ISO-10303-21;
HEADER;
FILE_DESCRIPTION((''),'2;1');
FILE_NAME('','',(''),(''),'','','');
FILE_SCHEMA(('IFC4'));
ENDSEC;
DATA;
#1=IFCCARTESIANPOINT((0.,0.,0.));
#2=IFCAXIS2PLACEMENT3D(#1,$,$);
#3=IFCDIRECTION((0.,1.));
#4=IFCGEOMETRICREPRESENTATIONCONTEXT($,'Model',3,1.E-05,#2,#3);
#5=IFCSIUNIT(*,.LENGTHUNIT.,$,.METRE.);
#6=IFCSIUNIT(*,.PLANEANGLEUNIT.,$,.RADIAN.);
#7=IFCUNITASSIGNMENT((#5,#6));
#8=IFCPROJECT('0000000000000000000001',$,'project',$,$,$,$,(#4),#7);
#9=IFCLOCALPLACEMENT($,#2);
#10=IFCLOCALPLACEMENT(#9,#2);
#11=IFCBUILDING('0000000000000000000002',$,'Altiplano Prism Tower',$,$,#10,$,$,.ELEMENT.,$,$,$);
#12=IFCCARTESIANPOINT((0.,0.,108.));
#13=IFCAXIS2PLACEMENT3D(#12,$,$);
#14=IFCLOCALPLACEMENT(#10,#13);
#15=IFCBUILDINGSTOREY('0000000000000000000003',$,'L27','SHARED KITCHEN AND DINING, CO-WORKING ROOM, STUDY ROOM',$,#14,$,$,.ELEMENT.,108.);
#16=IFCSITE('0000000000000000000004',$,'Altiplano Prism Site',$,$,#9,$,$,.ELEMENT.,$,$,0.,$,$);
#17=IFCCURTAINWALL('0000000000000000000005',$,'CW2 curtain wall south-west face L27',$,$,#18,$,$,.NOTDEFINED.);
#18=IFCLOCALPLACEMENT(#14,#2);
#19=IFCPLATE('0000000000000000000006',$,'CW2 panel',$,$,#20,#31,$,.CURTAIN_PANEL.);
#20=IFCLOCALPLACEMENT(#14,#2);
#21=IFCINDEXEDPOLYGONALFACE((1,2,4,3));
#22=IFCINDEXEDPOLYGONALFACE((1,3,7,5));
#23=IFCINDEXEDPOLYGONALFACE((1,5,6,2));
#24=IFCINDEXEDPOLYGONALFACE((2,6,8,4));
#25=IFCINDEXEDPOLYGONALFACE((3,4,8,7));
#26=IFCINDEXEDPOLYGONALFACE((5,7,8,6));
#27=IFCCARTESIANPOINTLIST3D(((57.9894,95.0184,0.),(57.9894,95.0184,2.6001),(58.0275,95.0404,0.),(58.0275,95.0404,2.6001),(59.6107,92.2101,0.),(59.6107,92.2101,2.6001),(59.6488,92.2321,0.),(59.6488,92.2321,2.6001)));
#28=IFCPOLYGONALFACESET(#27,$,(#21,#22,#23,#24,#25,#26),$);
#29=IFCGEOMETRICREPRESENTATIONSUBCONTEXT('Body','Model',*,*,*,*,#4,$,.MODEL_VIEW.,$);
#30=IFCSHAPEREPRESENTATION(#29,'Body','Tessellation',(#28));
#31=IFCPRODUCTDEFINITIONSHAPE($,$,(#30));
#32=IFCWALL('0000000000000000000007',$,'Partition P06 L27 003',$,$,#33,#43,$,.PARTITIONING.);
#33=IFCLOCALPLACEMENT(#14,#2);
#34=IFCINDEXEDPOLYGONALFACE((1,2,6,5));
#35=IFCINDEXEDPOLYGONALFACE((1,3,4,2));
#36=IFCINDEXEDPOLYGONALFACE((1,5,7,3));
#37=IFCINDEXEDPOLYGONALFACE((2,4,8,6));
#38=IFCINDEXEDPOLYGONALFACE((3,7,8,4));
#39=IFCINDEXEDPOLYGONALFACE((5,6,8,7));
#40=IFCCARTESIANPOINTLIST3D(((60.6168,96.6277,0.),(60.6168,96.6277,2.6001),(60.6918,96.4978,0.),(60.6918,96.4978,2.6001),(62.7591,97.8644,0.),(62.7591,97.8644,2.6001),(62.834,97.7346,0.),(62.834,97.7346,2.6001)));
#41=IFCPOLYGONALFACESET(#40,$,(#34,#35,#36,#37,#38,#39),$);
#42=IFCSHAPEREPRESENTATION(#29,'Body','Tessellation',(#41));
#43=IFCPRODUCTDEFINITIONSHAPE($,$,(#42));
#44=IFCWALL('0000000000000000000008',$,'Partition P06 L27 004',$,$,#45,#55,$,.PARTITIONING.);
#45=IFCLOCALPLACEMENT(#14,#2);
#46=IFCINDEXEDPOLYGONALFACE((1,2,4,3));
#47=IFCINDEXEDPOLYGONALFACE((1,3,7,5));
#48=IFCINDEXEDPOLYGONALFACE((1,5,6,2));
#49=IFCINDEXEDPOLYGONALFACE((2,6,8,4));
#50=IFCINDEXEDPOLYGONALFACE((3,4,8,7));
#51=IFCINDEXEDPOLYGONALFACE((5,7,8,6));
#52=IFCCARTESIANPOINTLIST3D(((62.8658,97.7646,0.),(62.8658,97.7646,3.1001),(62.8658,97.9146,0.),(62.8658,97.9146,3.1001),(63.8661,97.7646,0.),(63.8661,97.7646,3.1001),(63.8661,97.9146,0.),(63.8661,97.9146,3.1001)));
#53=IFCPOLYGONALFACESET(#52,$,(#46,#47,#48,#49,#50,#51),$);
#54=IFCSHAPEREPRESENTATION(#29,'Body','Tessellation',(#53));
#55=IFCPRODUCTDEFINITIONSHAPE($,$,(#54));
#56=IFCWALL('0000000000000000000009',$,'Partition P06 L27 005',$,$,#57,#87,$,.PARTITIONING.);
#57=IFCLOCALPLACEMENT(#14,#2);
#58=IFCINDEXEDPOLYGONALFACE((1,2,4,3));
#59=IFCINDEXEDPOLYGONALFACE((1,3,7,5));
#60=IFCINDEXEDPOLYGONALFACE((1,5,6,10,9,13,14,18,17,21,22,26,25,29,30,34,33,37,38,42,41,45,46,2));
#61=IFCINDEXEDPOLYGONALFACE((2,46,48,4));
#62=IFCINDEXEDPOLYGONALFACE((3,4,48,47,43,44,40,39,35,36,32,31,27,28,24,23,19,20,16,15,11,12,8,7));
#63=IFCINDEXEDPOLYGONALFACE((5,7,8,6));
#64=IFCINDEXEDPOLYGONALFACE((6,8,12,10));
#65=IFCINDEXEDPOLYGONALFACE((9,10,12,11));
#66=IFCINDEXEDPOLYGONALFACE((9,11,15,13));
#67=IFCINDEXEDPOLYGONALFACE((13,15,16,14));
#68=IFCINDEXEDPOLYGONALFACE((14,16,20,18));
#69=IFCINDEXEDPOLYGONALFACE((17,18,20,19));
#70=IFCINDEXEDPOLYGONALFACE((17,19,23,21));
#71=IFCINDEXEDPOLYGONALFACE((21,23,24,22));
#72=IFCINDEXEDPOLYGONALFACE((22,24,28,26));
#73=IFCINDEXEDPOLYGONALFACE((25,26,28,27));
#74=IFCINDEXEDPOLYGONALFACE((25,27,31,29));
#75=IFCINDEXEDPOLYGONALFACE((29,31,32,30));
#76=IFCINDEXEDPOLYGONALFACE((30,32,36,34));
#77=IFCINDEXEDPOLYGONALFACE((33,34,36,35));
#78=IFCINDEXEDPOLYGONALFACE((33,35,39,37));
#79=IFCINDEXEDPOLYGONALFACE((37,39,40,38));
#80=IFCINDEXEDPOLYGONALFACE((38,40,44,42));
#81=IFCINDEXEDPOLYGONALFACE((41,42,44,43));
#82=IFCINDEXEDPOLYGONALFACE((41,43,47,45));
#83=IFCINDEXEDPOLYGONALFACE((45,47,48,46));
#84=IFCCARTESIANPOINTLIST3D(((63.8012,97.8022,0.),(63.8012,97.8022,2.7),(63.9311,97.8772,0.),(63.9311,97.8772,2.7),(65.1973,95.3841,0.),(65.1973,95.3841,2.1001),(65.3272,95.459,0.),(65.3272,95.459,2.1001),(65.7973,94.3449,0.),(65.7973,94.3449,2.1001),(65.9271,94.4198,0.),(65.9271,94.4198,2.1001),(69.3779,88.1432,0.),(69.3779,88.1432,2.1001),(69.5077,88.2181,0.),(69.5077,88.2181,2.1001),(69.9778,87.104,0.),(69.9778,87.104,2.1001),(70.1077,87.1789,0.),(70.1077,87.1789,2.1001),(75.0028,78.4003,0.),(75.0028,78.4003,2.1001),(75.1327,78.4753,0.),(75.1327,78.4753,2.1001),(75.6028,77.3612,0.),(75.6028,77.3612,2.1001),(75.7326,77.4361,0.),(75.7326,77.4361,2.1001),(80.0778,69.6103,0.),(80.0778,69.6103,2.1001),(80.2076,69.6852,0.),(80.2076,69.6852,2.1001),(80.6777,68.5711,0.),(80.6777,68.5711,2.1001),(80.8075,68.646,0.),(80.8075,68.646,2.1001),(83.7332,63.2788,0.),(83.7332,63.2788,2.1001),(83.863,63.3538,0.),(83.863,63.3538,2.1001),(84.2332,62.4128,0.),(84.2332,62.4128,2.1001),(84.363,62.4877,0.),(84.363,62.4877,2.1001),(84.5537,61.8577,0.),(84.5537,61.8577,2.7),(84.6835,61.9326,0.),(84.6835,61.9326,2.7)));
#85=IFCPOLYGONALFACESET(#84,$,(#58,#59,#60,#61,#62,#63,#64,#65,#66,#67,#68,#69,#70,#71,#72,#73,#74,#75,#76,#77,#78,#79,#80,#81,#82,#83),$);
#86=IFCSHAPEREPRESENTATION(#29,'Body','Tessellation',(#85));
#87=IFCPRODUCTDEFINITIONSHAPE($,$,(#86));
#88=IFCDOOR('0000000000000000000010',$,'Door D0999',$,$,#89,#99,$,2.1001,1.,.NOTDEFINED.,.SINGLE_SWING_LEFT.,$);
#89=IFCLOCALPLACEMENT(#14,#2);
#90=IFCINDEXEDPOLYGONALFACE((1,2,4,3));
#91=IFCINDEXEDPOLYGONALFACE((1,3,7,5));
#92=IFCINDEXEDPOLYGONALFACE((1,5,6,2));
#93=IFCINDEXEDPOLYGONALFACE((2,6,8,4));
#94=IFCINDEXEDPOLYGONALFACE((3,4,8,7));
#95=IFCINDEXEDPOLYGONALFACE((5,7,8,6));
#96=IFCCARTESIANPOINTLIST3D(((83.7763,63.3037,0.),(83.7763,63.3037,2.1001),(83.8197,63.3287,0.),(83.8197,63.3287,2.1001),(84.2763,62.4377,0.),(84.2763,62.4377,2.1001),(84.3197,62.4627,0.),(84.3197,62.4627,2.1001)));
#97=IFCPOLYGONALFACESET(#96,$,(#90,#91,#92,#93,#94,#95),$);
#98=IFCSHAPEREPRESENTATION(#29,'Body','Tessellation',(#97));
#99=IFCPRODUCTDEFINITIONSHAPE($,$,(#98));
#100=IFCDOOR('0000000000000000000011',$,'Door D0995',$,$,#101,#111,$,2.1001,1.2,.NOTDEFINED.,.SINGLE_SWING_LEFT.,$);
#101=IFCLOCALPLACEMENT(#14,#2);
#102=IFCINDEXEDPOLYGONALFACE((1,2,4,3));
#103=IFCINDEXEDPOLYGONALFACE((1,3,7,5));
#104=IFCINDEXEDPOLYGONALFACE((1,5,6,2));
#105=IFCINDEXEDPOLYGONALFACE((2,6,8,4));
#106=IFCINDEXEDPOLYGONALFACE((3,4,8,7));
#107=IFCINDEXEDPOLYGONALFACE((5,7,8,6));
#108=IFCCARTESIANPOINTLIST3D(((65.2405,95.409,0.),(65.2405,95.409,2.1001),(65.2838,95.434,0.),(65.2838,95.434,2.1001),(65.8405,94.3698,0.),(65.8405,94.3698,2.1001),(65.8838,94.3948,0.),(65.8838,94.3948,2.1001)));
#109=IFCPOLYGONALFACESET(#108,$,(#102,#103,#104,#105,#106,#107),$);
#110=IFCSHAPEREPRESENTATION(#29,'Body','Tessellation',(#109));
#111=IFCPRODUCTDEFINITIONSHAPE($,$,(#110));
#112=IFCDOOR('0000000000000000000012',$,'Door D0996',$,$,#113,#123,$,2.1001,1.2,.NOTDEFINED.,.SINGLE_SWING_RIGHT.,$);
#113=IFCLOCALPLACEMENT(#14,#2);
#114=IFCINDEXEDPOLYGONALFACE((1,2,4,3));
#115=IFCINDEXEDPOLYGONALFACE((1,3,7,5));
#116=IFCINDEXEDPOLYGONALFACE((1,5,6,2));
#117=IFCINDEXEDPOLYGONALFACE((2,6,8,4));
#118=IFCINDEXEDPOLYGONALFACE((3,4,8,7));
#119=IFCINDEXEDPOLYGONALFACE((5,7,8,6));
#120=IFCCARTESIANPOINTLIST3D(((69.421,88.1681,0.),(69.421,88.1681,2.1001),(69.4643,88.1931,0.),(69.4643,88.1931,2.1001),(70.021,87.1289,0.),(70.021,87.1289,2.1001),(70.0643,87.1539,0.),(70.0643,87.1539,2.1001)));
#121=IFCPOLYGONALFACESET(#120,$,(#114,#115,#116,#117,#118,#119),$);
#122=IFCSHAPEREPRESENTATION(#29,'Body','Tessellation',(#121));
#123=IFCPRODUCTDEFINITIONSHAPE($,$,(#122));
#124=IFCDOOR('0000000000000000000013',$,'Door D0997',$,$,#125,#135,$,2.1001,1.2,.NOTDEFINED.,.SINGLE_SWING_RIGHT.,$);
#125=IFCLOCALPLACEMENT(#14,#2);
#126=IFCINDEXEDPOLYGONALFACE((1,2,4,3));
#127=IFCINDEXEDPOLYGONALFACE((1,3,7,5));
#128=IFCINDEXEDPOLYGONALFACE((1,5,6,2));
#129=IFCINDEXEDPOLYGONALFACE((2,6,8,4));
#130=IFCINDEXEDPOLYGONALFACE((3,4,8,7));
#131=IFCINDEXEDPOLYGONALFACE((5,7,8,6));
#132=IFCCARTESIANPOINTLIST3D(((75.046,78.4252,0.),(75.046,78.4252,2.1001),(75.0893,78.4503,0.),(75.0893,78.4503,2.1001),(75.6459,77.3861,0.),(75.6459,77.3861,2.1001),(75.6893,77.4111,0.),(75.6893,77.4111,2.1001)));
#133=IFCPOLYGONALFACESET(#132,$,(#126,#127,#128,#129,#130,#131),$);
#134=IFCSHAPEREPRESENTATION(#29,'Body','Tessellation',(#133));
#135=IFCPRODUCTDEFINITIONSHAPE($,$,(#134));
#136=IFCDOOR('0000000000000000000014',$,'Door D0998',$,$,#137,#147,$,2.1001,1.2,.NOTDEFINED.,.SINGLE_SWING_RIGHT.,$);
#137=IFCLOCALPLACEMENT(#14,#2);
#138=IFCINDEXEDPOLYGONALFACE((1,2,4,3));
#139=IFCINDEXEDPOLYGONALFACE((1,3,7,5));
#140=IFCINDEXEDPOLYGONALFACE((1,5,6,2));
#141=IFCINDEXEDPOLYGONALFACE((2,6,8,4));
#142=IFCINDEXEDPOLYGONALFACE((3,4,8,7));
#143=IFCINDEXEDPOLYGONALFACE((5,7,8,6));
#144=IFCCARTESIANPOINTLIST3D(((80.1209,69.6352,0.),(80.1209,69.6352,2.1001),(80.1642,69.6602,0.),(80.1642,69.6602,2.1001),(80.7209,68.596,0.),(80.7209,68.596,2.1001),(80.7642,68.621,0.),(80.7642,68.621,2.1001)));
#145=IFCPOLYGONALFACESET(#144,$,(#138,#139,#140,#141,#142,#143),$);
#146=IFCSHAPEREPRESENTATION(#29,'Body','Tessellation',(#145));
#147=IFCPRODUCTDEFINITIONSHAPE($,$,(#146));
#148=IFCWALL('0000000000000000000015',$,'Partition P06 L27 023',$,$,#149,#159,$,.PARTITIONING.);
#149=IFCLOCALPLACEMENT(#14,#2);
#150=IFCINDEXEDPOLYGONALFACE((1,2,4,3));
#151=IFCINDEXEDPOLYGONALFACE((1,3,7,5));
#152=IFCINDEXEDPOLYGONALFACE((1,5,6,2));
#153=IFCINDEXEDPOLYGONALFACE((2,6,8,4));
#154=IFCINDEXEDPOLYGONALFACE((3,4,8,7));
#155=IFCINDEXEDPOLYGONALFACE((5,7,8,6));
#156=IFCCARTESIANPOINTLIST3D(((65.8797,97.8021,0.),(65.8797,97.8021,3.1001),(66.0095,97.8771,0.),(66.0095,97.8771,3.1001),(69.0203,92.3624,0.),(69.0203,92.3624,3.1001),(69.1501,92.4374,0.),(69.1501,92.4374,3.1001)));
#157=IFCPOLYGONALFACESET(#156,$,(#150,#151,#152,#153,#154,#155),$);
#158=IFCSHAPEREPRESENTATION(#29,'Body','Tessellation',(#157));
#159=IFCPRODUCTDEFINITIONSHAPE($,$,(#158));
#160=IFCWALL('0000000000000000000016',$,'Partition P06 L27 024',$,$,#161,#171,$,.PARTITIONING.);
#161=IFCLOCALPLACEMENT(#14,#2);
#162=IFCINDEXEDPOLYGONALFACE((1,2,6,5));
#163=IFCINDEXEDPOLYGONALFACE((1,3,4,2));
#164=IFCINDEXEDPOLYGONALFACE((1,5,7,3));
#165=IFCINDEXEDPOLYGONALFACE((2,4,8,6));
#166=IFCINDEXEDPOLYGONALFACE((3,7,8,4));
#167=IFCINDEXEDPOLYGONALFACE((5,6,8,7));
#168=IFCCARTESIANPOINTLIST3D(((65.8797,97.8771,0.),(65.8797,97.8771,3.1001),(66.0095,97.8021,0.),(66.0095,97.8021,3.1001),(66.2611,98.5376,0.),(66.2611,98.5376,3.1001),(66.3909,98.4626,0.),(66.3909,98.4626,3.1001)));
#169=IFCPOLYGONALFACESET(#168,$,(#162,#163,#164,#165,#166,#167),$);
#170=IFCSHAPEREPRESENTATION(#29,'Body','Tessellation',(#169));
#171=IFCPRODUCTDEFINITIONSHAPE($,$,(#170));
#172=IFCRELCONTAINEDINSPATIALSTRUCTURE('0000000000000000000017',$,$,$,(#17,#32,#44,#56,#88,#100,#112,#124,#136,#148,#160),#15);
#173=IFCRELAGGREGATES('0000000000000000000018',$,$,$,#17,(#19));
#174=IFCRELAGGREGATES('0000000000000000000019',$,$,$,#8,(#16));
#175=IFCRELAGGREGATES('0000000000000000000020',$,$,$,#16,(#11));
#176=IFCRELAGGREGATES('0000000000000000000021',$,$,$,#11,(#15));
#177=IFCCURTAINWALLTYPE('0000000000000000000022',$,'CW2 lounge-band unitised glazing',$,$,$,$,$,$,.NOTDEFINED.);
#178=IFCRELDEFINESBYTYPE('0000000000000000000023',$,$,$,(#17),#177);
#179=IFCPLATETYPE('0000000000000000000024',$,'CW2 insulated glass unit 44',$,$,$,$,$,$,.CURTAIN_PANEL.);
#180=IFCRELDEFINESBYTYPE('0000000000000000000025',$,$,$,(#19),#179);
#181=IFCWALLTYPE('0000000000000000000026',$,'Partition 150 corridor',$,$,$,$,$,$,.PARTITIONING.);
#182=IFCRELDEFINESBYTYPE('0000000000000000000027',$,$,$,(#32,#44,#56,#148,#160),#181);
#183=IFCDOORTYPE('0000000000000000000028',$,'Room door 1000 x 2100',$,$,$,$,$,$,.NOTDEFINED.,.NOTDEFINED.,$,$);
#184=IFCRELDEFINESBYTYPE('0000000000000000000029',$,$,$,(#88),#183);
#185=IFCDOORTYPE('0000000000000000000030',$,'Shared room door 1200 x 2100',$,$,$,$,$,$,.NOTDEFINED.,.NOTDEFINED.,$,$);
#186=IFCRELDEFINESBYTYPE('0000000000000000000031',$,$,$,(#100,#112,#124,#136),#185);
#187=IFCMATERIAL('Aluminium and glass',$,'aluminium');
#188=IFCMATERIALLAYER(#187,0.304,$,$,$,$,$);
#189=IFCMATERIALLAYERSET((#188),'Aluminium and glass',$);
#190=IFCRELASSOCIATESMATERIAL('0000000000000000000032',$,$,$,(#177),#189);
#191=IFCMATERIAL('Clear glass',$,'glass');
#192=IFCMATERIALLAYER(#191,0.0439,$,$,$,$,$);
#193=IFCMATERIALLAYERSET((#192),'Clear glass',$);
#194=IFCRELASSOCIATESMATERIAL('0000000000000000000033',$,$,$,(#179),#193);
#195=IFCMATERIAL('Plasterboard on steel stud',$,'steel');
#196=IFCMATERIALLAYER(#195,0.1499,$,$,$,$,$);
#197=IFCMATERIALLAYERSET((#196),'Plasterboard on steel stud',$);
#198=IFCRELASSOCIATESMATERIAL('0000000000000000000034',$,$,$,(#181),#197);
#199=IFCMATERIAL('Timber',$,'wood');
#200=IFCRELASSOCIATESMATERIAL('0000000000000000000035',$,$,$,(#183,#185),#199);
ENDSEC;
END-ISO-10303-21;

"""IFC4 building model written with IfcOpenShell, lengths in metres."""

from ifc_helpers import new_model, si_unit, direction, frame, frame_2d, origin, origin_2d, place, context, subcontext, project, spatial, rectangle, extrude, material, layer, layer_set, type_object, element, fill, aggregate, save


model = new_model("IFC4")

# Units and contexts
model_context = context("Model", 3, precision=1e-05, world=origin(), true_north=direction((0.0, 1.0)))
body_context = subcontext(model_context, "Body", "Model", "MODEL_VIEW")
ifc_project = project(units=[si_unit("LENGTHUNIT", "METRE"), si_unit("PLANEANGLEUNIT", "RADIAN")], contexts=[model_context])

# Site, building, storey
site_placement = place(None, origin())
site = spatial("IfcSite", under=ifc_project, at=site_placement, Name="Altiplano Prism Site", CompositionType="ELEMENT", RefElevation=0.0)
building_placement = place(site_placement, origin())
building = spatial("IfcBuilding", under=site, at=building_placement, Name="Altiplano Prism Tower", CompositionType="ELEMENT")
storey_placement = place(building_placement, frame((0.0, 0.0, 108.0)))
storey = spatial("IfcBuildingStorey", under=building, at=storey_placement, Name="L27", Description="SHARED KITCHEN AND DINING, CO-WORKING ROOM, STUDY ROOM", CompositionType="ELEMENT", Elevation=108.0)

# Curtain wall
ifc_material_1 = material(Name="Aluminium and glass", Category="aluminium")
ifc_layer_1 = layer(ifc_material_1, 0.304)
ifc_layer_set_1 = layer_set([ifc_layer_1], Name="Aluminium and glass")
curtain_wall_type = type_object("IfcCurtainWallType", Name="CW2 lounge-band unitised glazing", PredefinedType="NOTDEFINED", material=ifc_layer_set_1)
curtain_wall_1_placement = place(storey_placement, origin())
curtain_wall_1 = element("IfcCurtainWall", 1, at=curtain_wall_1_placement, inside=storey, type_object=curtain_wall_type, Name="CW2 curtain wall south-west face L27", PredefinedType="NOTDEFINED")

# Plate
ifc_material_2 = material(Name="Clear glass", Category="glass")
ifc_layer_2 = layer(ifc_material_2, 0.0439)
ifc_layer_set_2 = layer_set([ifc_layer_2], Name="Clear glass")
plate_type = type_object("IfcPlateType", Name="CW2 insulated glass unit 44", PredefinedType="CURTAIN_PANEL", material=ifc_layer_set_2)
plate_1_placement = place(storey_placement, frame((58.8191, 93.6252, 0.0), z_axis=(0.0, 0.0, 1.0), x_axis=(0.5, -0.866025, 0.0)))
plate_1 = element("IfcPlate", 2, at=plate_1_placement, type_object=plate_type, Name="CW2 panel", PredefinedType="CURTAIN_PANEL", context=body_context, shape_type="SweptSolid", body=[
    extrude(rectangle(XDim=3.2427, YDim=0.0439, at=origin_2d()), origin(), (0.0, 0.0, 1.0), 2.6001),
])
aggregate(curtain_wall_1, [plate_1])

# Walls
ifc_material_3 = material(Name="Plasterboard on steel stud", Category="steel")
ifc_layer_3 = layer(ifc_material_3, 0.1499)
ifc_layer_set_3 = layer_set([ifc_layer_3], Name="Plasterboard on steel stud")
wall_type_1 = type_object("IfcWallType", Name="Partition 150 corridor", PredefinedType="PARTITIONING", material=ifc_layer_set_3)
wall_1_placement = place(storey_placement, frame((60.6543, 96.5627, 0.0), z_axis=(0.0, 0.0, 1.0), x_axis=(0.866036, 0.499982, 0.0)))
element("IfcWall", 3, at=wall_1_placement, inside=storey, type_object=wall_type_1, Name="Partition P06 L27 003", PredefinedType="PARTITIONING", context=body_context, shape_type="SweptSolid", body=[
    extrude(rectangle(XDim=2.4736, YDim=0.1499, at=frame_2d((1.2368, 0.0))), origin(), (0.0, 0.0, 1.0), 2.6001),
])
wall_2_placement = place(storey_placement, frame((62.866, 97.8396, 0.0), z_axis=(0.0, 0.0, 1.0), x_axis=(1.0, 0.0, 0.0)))
element("IfcWall", 4, at=wall_2_placement, inside=storey, type_object=wall_type_1, Name="Partition P06 L27 004", PredefinedType="PARTITIONING", context=body_context, shape_type="SweptSolid", body=[
    extrude(rectangle(XDim=1.0002, YDim=0.1499, at=frame_2d((0.5, 0.0))), origin(), (0.0, 0.0, 1.0), 3.1001),
])

# Wall, openings, doors
wall_3_placement = place(storey_placement, frame((63.8662, 97.8396, 0.0), z_axis=(0.0, 0.0, 1.0), x_axis=(0.499997, -0.866027, 0.0)))
wall_3 = element("IfcWall", 5, at=wall_3_placement, inside=storey, type_object=wall_type_1, Name="Partition P06 L27 005", PredefinedType="PARTITIONING", context=body_context, shape_type="SweptSolid", body=[
    extrude(rectangle(XDim=41.5051, YDim=0.1499, at=frame_2d((20.7524, 0.0))), origin(), (0.0, 0.0, 1.0), 2.7),
])
opening_1_placement = place(wall_3_placement, frame((2.792, 0.0, 0.0)))
opening_1 = element("IfcOpeningElement", 6, at=opening_1_placement, cuts=wall_3, PredefinedType="OPENING", context=body_context, shape_type="SweptSolid", body=[
    extrude(rectangle(XDim=1.2, YDim=2.1001, at=frame_2d((0.6001, 1.05))), frame((0.0, 0.0854, 0.0), z_axis=(0.0, -1.0, 0.0), x_axis=(1.0, 0.0, 0.0)), (0.0, 0.0, 1.0), 0.1709),
])
opening_2_placement = place(wall_3_placement, frame((11.1531, 0.0, 0.0)))
opening_2 = element("IfcOpeningElement", 7, at=opening_2_placement, cuts=wall_3, PredefinedType="OPENING", context=body_context, shape_type="SweptSolid", body=[
    extrude(rectangle(XDim=1.2, YDim=2.1001, at=frame_2d((0.6001, 1.05))), frame((0.0, 0.0854, 0.0), z_axis=(0.0, -1.0, 0.0), x_axis=(1.0, 0.0, 0.0)), (0.0, 0.0, 1.0), 0.1709),
])
opening_3_placement = place(wall_3_placement, frame((22.4031, 0.0, 0.0)))
opening_3 = element("IfcOpeningElement", 8, at=opening_3_placement, cuts=wall_3, PredefinedType="OPENING", context=body_context, shape_type="SweptSolid", body=[
    extrude(rectangle(XDim=1.2, YDim=2.1001, at=frame_2d((0.6001, 1.05))), frame((0.0, 0.0854, 0.0), z_axis=(0.0, -1.0, 0.0), x_axis=(1.0, 0.0, 0.0)), (0.0, 0.0, 1.0), 0.1709),
])
opening_4_placement = place(wall_3_placement, frame((32.553, 0.0, 0.0)))
opening_4 = element("IfcOpeningElement", 9, at=opening_4_placement, cuts=wall_3, PredefinedType="OPENING", context=body_context, shape_type="SweptSolid", body=[
    extrude(rectangle(XDim=1.2, YDim=2.1001, at=frame_2d((0.6001, 1.05))), frame((0.0, 0.0854, 0.0), z_axis=(0.0, -1.0, 0.0), x_axis=(1.0, 0.0, 0.0)), (0.0, 0.0, 1.0), 0.1709),
])
opening_5_placement = place(wall_3_placement, frame((39.864, 0.0, 0.0)))
opening_5 = element("IfcOpeningElement", 10, at=opening_5_placement, cuts=wall_3, PredefinedType="OPENING", context=body_context, shape_type="SweptSolid", body=[
    extrude(rectangle(XDim=1.0, YDim=2.1001, at=frame_2d((0.5, 1.05))), frame((0.0, 0.0854, 0.0), z_axis=(0.0, -1.0, 0.0), x_axis=(1.0, 0.0, 0.0)), (0.0, 0.0, 1.0), 0.1709),
])
ifc_material_4 = material(Name="Timber", Category="wood")
door_type_1 = type_object("IfcDoorType", Name="Room door 1000 x 2100", OperationType="NOTDEFINED", PredefinedType="NOTDEFINED", material=ifc_material_4)
door_1_placement = place(opening_5_placement, origin())
door_1 = element("IfcDoor", 11, at=door_1_placement, inside=storey, type_object=door_type_1, Name="Door D0999", OperationType="SINGLE_SWING_LEFT", OverallHeight=2.1001, OverallWidth=1.0, PredefinedType="NOTDEFINED", context=body_context, shape_type="SweptSolid", body=[
    extrude(rectangle(XDim=1.0, YDim=2.1001, at=frame_2d((0.5, 1.05))), frame((0.0, 0.0249, 0.0), z_axis=(0.0, -1.0, 0.0), x_axis=(1.0, 0.0, 0.0)), (0.0, 0.0, 1.0), 0.05),
])
fill(opening_5, door_1)
door_type_2 = type_object("IfcDoorType", Name="Shared room door 1200 x 2100", OperationType="NOTDEFINED", PredefinedType="NOTDEFINED", material=ifc_material_4)
door_2_placement = place(opening_1_placement, origin())
door_2 = element("IfcDoor", 12, at=door_2_placement, inside=storey, type_object=door_type_2, Name="Door D0995", OperationType="SINGLE_SWING_LEFT", OverallHeight=2.1001, OverallWidth=1.2, PredefinedType="NOTDEFINED", context=body_context, shape_type="SweptSolid", body=[
    extrude(rectangle(XDim=1.2, YDim=2.1001, at=frame_2d((0.6001, 1.05))), frame((0.0, 0.0249, 0.0), z_axis=(0.0, -1.0, 0.0), x_axis=(1.0, 0.0, 0.0)), (0.0, 0.0, 1.0), 0.05),
])
fill(opening_1, door_2)
door_3_placement = place(opening_2_placement, origin())
door_3 = element("IfcDoor", 13, at=door_3_placement, inside=storey, type_object=door_type_2, Name="Door D0996", OperationType="SINGLE_SWING_RIGHT", OverallHeight=2.1001, OverallWidth=1.2, PredefinedType="NOTDEFINED", context=body_context, shape_type="SweptSolid", body=[
    extrude(rectangle(XDim=1.2, YDim=2.1001, at=frame_2d((0.6001, 1.05))), frame((0.0, 0.0249, 0.0), z_axis=(0.0, -1.0, 0.0), x_axis=(1.0, 0.0, 0.0)), (0.0, 0.0, 1.0), 0.05),
])
fill(opening_2, door_3)
door_4_placement = place(opening_3_placement, origin())
door_4 = element("IfcDoor", 14, at=door_4_placement, inside=storey, type_object=door_type_2, Name="Door D0997", OperationType="SINGLE_SWING_RIGHT", OverallHeight=2.1001, OverallWidth=1.2, PredefinedType="NOTDEFINED", context=body_context, shape_type="SweptSolid", body=[
    extrude(rectangle(XDim=1.2, YDim=2.1001, at=frame_2d((0.6001, 1.05))), frame((0.0, 0.0249, 0.0), z_axis=(0.0, -1.0, 0.0), x_axis=(1.0, 0.0, 0.0)), (0.0, 0.0, 1.0), 0.05),
])
fill(opening_3, door_4)
door_5_placement = place(opening_4_placement, origin())
door_5 = element("IfcDoor", 15, at=door_5_placement, inside=storey, type_object=door_type_2, Name="Door D0998", OperationType="SINGLE_SWING_RIGHT", OverallHeight=2.1001, OverallWidth=1.2, PredefinedType="NOTDEFINED", context=body_context, shape_type="SweptSolid", body=[
    extrude(rectangle(XDim=1.2, YDim=2.1001, at=frame_2d((0.6001, 1.05))), frame((0.0, 0.0249, 0.0), z_axis=(0.0, -1.0, 0.0), x_axis=(1.0, 0.0, 0.0)), (0.0, 0.0, 1.0), 0.05),
])
fill(opening_4, door_5)

# Walls
wall_4_placement = place(storey_placement, frame((69.0852, 92.3999, 0.0), z_axis=(0.0, 0.0, 1.0), x_axis=(-0.500002, 0.866024, 0.0)))
element("IfcWall", 16, at=wall_4_placement, inside=storey, type_object=wall_type_1, Name="Partition P06 L27 023", PredefinedType="PARTITIONING", context=body_context, shape_type="SweptSolid", body=[
    extrude(rectangle(XDim=6.2812, YDim=0.1499, at=frame_2d((3.1406, 0.0))), origin(), (0.0, 0.0, 1.0), 3.1001),
])
wall_5_placement = place(storey_placement, frame((65.9446, 97.8396, 0.0), z_axis=(0.0, 0.0, 1.0), x_axis=(0.500064, 0.865988, 0.0)))
element("IfcWall", 17, at=wall_5_placement, inside=storey, type_object=wall_type_1, Name="Partition P06 L27 024", PredefinedType="PARTITIONING", context=body_context, shape_type="SweptSolid", body=[
    extrude(rectangle(XDim=0.7627, YDim=0.1499, at=frame_2d((0.3813, 0.0))), origin(), (0.0, 0.0, 1.0), 3.1001),
])

save(model, "model.ifc")
